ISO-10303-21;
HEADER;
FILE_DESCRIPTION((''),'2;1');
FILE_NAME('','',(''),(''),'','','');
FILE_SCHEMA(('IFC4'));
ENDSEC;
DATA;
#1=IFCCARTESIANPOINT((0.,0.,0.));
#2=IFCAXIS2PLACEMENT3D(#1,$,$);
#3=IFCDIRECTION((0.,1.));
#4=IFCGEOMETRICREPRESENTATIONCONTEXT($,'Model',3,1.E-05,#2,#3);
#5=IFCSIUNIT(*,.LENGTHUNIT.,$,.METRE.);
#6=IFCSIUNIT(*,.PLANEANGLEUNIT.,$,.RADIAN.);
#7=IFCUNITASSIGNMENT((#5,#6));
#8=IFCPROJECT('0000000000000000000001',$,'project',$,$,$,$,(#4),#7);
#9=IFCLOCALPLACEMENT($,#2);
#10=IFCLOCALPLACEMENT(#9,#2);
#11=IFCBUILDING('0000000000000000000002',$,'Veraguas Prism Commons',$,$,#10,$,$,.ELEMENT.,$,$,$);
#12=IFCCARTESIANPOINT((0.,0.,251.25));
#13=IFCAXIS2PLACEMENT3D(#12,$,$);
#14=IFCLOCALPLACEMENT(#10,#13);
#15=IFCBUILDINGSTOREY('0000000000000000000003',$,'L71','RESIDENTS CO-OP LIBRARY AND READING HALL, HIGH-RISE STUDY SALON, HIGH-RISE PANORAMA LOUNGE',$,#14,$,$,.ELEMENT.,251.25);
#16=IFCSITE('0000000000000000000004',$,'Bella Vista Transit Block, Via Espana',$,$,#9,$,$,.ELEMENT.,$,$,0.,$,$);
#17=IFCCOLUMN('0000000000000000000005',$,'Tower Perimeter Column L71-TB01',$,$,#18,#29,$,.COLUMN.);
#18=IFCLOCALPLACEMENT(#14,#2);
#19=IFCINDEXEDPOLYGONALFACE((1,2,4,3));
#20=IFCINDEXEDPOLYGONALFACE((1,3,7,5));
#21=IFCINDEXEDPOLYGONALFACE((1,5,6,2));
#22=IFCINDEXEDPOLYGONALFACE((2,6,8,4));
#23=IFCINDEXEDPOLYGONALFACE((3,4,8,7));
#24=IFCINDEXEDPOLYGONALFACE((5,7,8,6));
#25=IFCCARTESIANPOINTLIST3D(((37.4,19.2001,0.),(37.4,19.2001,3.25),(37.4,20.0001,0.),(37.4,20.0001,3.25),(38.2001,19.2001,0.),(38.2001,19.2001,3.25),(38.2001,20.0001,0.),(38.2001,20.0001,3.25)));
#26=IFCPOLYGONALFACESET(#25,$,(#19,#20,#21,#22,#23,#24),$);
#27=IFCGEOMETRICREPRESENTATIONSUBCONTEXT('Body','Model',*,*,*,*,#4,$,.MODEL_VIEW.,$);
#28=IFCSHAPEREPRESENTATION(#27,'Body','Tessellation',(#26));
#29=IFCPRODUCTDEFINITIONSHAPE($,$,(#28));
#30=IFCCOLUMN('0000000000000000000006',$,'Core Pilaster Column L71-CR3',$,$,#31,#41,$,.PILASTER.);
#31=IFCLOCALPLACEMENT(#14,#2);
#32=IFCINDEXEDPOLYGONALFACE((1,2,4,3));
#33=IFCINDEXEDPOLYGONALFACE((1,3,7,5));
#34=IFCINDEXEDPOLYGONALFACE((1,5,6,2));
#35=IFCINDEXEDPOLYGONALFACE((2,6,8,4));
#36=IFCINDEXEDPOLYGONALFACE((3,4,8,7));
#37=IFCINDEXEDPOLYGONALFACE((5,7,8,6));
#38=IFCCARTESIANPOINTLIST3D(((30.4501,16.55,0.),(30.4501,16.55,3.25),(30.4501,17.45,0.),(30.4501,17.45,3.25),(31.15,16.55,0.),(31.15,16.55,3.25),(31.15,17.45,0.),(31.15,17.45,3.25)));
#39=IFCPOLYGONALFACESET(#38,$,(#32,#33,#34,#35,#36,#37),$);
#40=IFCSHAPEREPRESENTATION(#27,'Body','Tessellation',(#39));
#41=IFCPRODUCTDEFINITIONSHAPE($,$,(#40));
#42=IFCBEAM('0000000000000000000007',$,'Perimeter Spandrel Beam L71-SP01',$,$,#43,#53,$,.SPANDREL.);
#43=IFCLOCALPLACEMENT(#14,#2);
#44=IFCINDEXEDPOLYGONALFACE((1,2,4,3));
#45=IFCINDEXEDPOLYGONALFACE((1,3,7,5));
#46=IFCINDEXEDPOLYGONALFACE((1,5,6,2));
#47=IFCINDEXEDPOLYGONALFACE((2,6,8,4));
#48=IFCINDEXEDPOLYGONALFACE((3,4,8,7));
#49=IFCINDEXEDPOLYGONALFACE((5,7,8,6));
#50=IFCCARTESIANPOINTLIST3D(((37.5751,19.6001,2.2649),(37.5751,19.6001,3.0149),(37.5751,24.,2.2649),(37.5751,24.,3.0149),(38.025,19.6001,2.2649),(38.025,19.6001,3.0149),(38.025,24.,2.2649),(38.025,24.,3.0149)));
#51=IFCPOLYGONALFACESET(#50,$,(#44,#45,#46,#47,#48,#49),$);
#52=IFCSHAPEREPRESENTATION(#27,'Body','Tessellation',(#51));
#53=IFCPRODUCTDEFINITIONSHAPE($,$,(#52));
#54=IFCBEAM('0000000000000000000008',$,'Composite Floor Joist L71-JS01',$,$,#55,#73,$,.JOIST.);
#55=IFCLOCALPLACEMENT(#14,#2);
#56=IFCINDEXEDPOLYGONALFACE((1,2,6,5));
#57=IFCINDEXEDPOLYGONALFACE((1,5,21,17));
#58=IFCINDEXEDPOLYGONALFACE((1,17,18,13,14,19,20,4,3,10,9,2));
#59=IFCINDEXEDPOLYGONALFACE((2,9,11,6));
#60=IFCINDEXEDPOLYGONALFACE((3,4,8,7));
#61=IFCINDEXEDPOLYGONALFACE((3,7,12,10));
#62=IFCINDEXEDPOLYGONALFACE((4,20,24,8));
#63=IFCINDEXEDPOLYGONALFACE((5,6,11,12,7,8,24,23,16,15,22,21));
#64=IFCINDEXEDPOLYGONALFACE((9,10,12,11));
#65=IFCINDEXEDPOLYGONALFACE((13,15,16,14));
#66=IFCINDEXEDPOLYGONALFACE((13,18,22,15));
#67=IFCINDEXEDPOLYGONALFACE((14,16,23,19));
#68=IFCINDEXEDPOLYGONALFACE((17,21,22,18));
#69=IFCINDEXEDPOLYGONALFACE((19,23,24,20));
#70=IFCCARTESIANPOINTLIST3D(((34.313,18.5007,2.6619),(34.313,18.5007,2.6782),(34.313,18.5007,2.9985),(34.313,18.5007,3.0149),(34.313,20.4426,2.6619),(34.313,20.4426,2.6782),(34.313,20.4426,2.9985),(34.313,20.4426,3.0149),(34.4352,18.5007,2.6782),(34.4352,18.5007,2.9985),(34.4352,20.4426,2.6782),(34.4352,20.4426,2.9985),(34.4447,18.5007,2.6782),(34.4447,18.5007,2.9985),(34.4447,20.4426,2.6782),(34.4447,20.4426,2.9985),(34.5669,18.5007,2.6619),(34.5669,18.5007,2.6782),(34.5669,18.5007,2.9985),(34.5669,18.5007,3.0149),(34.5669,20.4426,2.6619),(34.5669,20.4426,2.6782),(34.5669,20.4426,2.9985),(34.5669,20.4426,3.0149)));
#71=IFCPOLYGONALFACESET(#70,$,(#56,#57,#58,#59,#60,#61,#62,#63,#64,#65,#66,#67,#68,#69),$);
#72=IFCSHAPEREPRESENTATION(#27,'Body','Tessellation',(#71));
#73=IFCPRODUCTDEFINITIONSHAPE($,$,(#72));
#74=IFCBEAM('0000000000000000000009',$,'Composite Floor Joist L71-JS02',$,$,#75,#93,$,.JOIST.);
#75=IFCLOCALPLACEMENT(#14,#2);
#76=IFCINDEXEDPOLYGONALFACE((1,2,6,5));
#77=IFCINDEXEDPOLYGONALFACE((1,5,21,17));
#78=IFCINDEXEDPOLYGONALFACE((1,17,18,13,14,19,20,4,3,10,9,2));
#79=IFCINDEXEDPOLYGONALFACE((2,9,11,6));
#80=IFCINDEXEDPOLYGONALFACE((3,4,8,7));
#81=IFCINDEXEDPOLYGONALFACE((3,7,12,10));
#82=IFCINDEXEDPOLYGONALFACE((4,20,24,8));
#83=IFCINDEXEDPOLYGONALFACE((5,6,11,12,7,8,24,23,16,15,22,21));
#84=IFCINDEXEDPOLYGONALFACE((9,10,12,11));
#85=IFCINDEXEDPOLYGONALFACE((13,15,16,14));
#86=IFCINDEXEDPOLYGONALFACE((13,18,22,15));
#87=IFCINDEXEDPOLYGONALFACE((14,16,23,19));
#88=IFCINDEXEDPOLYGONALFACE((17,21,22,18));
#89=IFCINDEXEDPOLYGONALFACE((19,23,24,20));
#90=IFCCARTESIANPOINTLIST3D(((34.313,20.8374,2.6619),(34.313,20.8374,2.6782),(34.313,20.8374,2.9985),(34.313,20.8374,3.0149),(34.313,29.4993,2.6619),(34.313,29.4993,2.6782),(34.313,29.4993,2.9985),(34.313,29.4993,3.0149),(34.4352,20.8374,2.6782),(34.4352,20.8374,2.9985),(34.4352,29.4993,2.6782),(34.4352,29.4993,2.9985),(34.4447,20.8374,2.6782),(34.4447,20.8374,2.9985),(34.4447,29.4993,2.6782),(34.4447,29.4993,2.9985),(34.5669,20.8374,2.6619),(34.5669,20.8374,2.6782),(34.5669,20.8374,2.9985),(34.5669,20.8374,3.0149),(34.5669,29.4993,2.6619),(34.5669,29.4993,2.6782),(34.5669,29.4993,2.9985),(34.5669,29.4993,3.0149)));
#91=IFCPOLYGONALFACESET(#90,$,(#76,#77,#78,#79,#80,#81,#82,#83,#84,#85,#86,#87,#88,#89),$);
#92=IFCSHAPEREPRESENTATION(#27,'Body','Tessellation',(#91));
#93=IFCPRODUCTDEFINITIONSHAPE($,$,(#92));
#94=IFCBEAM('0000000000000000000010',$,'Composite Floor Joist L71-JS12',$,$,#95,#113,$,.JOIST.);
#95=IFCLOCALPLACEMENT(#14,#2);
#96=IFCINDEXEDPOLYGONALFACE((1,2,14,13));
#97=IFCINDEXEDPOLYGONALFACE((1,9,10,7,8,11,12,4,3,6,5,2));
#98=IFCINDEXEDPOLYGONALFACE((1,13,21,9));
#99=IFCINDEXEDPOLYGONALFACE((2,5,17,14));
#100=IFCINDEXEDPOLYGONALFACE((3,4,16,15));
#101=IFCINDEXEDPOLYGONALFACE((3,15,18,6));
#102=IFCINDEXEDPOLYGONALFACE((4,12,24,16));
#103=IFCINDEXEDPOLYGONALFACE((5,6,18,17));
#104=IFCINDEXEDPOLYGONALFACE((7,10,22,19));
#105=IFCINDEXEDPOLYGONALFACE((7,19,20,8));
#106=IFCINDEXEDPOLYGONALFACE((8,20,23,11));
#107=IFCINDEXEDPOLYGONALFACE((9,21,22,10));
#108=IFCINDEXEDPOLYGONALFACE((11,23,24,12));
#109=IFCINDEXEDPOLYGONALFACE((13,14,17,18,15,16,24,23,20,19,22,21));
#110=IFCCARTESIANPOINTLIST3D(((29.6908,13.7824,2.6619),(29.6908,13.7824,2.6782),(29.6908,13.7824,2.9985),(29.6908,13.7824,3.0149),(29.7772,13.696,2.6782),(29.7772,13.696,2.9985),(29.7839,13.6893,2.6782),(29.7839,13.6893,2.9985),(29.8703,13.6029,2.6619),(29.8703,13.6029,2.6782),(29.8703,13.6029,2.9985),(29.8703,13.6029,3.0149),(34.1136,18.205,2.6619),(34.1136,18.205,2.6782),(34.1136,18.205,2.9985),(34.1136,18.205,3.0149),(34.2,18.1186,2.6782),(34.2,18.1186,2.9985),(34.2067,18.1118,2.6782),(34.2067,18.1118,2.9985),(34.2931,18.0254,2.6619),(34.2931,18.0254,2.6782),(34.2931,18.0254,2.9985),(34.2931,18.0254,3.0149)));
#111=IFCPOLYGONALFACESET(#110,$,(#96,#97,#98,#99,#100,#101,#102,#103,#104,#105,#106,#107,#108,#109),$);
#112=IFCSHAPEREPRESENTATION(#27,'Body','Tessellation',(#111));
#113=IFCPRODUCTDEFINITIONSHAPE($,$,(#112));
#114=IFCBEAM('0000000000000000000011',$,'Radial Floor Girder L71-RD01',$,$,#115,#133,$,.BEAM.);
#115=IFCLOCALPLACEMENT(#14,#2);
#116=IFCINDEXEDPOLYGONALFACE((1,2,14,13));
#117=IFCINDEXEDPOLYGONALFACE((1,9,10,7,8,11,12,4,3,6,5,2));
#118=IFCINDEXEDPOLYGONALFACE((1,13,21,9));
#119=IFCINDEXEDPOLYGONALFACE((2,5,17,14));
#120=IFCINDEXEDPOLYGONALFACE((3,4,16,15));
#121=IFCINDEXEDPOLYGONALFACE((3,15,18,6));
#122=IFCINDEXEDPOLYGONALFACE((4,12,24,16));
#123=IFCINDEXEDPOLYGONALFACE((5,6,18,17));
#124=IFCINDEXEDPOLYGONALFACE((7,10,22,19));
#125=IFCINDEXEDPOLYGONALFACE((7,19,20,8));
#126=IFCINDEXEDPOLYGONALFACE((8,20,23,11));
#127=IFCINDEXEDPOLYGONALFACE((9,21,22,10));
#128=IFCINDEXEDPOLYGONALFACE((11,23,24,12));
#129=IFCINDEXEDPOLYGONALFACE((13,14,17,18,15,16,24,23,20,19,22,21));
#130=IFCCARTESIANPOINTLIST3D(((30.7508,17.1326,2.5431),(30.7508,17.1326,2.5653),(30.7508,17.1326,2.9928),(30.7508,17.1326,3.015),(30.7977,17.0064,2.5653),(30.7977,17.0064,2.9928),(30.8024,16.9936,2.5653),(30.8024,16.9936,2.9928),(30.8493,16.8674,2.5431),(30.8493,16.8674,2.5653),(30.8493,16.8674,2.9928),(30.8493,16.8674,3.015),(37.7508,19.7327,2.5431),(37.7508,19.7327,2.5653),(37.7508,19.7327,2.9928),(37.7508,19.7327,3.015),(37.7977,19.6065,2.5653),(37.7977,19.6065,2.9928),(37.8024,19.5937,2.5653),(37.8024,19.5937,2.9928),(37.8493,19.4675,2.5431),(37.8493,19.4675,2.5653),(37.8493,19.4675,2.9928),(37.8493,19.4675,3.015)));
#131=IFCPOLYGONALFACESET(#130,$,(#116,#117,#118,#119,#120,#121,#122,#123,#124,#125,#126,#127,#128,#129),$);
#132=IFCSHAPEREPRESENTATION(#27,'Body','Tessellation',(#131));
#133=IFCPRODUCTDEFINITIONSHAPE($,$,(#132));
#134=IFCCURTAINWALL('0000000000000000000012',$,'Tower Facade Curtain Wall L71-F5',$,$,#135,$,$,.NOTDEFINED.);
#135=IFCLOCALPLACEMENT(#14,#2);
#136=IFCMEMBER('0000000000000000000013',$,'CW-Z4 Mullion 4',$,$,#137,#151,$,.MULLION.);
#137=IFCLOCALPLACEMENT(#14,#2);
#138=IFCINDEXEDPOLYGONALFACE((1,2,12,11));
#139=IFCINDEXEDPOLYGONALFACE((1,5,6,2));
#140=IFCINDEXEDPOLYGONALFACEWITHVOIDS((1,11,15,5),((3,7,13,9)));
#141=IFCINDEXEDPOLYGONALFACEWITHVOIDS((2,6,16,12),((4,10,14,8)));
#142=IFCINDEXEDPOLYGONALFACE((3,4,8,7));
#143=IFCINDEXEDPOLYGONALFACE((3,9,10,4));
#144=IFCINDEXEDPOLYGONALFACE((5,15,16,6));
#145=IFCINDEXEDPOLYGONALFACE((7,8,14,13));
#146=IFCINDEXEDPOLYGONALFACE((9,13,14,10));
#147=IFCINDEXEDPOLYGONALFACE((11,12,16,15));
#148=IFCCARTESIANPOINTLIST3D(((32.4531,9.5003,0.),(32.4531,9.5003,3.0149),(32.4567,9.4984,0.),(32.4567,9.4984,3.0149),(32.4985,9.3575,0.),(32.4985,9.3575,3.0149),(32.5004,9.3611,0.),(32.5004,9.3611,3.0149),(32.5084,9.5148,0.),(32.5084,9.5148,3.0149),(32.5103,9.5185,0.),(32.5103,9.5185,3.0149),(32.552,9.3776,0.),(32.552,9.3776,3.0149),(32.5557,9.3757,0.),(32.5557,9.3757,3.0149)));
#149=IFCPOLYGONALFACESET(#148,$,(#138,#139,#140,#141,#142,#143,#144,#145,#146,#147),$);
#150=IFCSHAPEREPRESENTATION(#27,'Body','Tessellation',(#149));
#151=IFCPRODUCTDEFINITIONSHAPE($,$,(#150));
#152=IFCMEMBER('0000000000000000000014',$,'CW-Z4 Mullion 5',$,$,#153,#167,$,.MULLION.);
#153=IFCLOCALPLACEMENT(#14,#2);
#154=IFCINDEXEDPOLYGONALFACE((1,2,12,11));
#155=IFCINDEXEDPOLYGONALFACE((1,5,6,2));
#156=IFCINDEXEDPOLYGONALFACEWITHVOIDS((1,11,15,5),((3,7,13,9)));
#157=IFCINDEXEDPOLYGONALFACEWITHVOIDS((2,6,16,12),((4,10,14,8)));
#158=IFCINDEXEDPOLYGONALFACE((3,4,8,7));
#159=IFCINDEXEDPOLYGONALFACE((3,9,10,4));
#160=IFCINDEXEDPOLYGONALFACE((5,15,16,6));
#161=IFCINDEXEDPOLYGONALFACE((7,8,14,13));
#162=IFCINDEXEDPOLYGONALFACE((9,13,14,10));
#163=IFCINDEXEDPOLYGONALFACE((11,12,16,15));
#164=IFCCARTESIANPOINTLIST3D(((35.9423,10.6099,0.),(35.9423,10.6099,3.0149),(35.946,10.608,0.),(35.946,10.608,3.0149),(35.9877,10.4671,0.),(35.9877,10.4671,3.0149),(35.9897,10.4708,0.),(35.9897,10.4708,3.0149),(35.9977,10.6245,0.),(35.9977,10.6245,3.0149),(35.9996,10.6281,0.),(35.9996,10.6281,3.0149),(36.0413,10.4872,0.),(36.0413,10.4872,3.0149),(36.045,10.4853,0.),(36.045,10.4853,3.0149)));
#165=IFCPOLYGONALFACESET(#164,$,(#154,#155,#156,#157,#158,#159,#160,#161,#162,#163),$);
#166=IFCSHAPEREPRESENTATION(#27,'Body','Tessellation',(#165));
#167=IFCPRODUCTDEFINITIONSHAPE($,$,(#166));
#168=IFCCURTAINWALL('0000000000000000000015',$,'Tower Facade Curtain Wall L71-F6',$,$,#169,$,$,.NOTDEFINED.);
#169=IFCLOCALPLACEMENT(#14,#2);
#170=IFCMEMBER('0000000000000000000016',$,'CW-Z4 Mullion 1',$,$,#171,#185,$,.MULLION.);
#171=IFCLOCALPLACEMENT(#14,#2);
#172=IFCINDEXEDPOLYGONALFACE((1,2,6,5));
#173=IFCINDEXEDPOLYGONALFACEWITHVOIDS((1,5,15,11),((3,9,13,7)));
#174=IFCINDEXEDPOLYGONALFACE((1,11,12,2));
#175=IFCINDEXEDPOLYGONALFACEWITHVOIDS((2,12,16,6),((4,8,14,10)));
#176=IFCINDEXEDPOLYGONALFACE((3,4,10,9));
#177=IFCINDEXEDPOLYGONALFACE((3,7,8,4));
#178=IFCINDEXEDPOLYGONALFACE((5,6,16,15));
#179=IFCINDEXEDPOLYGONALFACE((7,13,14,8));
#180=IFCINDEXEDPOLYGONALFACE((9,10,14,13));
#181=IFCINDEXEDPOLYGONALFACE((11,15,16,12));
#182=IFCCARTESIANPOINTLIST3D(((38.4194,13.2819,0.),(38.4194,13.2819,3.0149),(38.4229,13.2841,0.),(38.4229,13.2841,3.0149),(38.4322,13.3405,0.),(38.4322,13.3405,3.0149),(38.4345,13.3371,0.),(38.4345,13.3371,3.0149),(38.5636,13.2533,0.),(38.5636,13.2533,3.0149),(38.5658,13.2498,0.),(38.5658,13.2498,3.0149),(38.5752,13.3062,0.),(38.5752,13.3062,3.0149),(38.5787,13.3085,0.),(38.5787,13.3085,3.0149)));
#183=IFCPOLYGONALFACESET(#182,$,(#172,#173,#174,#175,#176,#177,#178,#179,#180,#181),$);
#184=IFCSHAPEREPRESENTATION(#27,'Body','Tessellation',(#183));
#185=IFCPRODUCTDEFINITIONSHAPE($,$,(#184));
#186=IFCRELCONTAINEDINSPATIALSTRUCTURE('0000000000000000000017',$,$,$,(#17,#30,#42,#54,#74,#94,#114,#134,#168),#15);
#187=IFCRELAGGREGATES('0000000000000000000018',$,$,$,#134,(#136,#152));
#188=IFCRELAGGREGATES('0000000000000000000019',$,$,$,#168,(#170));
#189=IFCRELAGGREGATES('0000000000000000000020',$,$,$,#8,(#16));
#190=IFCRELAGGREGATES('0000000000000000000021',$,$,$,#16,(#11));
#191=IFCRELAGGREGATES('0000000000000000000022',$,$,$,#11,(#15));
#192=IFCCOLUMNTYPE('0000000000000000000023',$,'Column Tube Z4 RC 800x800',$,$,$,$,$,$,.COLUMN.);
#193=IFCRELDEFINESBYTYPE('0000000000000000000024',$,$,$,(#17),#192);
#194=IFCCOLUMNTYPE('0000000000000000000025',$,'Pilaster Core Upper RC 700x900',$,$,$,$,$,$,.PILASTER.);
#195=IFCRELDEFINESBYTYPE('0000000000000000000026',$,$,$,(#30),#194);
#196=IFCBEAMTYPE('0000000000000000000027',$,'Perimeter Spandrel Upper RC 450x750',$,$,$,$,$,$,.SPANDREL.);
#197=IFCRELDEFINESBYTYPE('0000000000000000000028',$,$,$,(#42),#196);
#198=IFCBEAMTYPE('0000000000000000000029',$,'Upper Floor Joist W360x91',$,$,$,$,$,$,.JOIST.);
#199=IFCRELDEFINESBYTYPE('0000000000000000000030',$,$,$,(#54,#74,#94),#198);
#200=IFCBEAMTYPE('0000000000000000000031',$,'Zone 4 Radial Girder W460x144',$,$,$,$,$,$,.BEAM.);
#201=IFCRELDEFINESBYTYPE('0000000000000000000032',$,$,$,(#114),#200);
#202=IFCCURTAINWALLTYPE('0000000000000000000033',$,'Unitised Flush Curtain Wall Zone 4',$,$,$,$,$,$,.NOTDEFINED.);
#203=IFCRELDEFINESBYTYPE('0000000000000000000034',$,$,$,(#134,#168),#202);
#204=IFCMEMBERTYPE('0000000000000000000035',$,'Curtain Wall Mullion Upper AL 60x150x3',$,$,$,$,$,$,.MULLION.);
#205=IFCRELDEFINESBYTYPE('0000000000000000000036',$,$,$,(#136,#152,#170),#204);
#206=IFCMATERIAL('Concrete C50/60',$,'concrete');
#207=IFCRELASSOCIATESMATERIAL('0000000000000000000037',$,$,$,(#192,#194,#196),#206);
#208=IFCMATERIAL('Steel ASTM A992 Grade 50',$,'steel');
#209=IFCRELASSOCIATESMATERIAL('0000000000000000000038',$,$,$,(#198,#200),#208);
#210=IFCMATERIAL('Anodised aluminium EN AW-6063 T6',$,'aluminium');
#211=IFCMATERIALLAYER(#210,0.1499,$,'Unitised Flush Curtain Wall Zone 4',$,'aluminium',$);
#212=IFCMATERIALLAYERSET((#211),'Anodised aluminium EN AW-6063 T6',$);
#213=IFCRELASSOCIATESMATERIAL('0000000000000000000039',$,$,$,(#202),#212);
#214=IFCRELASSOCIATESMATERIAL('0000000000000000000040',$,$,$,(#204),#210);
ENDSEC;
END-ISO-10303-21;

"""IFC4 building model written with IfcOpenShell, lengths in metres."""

from ifc_helpers import new_model, si_unit, direction, frame, origin, origin_2d, place, context, subcontext, project, spatial, rectangle, hollow_rectangle, i_section, extrude, source, transform, mapped, material, layer, layer_set, material_profile, profile_set, type_object, element, aggregate, save


model = new_model("IFC4")

# Units and contexts
model_context = context("Model", 3, precision=1e-05, world=origin(), true_north=direction((0.0, 1.0)))
body_context = subcontext(model_context, "Body", "Model", "MODEL_VIEW")
ifc_project = project(units=[si_unit("LENGTHUNIT", "METRE"), si_unit("PLANEANGLEUNIT", "RADIAN")], contexts=[model_context])

# Site, building, storey
site_placement = place(None, origin())
site = spatial("IfcSite", under=ifc_project, at=site_placement, Name="Bella Vista Transit Block, Via Espana", CompositionType="ELEMENT", RefElevation=0.0)
building_placement = place(site_placement, origin())
building = spatial("IfcBuilding", under=site, at=building_placement, Name="Veraguas Prism Commons", CompositionType="ELEMENT")
storey_placement = place(building_placement, frame((0.0, 0.0, 251.25)))
storey = spatial("IfcBuildingStorey", under=building, at=storey_placement, Name="L71", Description="RESIDENTS CO-OP LIBRARY AND READING HALL, HIGH-RISE STUDY SALON, HIGH-RISE PANORAMA LOUNGE", CompositionType="ELEMENT", Elevation=251.25)

# Columns
ifc_material_1 = material(Name="Concrete C50/60", Category="concrete")
ifc_material_profile_1 = material_profile(ifc_material_1, rectangle(XDim=0.8, YDim=0.8, at=origin_2d()), Name="RC800X800")
ifc_profile_set_1 = profile_set([ifc_material_profile_1], Name="Concrete C50/60")
column_type_1 = type_object("IfcColumnType", Name="Column Tube Z4 RC 800x800", PredefinedType="COLUMN", material=ifc_profile_set_1)
column_1_placement = place(storey_placement, frame((37.8, 19.6001, 0.0), z_axis=(0.0, 0.0, 1.0), x_axis=(1.0, 0.0, 0.0)))
element("IfcColumn", 1, at=column_1_placement, inside=storey, type_object=column_type_1, Name="Tower Perimeter Column L71-TB01", PredefinedType="COLUMN", context=body_context, shape_type="SweptSolid", body=[
    extrude(rectangle(XDim=0.8, YDim=0.8, at=origin_2d()), origin(), (0.0, 0.0, 1.0), 3.25),
])
ifc_material_profile_2 = material_profile(ifc_material_1, rectangle(XDim=0.7, YDim=0.8999, at=origin_2d()), Name="RC700X900")
ifc_profile_set_2 = profile_set([ifc_material_profile_2], Name="Concrete C50/60")
column_type_2 = type_object("IfcColumnType", Name="Pilaster Core Upper RC 700x900", PredefinedType="PILASTER", material=ifc_profile_set_2)
column_2_placement = place(storey_placement, frame((30.8, 17.0, 0.0), z_axis=(0.0, 0.0, 1.0), x_axis=(1.0, 0.0, 0.0)))
element("IfcColumn", 2, at=column_2_placement, inside=storey, type_object=column_type_2, Name="Core Pilaster Column L71-CR3", PredefinedType="PILASTER", context=body_context, shape_type="SweptSolid", body=[
    extrude(rectangle(XDim=0.7, YDim=0.8999, at=origin_2d()), origin(), (0.0, 0.0, 1.0), 3.25),
])

# Beams
ifc_material_profile_3 = material_profile(ifc_material_1, rectangle(XDim=0.45, YDim=0.75, at=origin_2d()), Name="RC450X750")
ifc_profile_set_3 = profile_set([ifc_material_profile_3], Name="Concrete C50/60")
beam_type_1 = type_object("IfcBeamType", Name="Perimeter Spandrel Upper RC 450x750", PredefinedType="SPANDREL", material=ifc_profile_set_3)
beam_1_placement = place(storey_placement, frame((37.8, 19.6001, 2.6399), z_axis=(0.0, 1.0, 0.0), x_axis=(-1.0, 0.0, 0.0)))
element("IfcBeam", 3, at=beam_1_placement, inside=storey, type_object=beam_type_1, Name="Perimeter Spandrel Beam L71-SP01", PredefinedType="SPANDREL", context=body_context, shape_type="SweptSolid", body=[
    extrude(rectangle(XDim=0.45, YDim=0.75, at=origin_2d()), origin(), (0.0, 0.0, 1.0), 4.3999),
])
ifc_material_2 = material(Name="Steel ASTM A992 Grade 50", Category="steel")
ifc_material_profile_4 = material_profile(ifc_material_2, i_section(OverallWidth=0.2539, OverallDepth=0.353, WebThickness=0.0095, FlangeThickness=0.0164, at=origin_2d()), Name="W360X91")
ifc_profile_set_4 = profile_set([ifc_material_profile_4], Name="Steel ASTM A992 Grade 50")
beam_type_2 = type_object("IfcBeamType", Name="Upper Floor Joist W360x91", PredefinedType="JOIST", material=ifc_profile_set_4)
beam_2_placement = place(storey_placement, frame((34.4399, 18.5007, 2.8384), z_axis=(0.0, 1.0, 0.0), x_axis=(-1.0, 0.0, 0.0)))
element("IfcBeam", 4, at=beam_2_placement, inside=storey, type_object=beam_type_2, Name="Composite Floor Joist L71-JS01", PredefinedType="JOIST", context=body_context, shape_type="SweptSolid", body=[
    extrude(i_section(OverallWidth=0.2539, OverallDepth=0.353, WebThickness=0.0095, FlangeThickness=0.0164, at=origin_2d()), origin(), (0.0, 0.0, 1.0), 1.9419),
])
beam_3_placement = place(storey_placement, frame((34.4399, 20.8374, 2.8384), z_axis=(0.0, 1.0, 0.0), x_axis=(-1.0, 0.0, 0.0)))
element("IfcBeam", 5, at=beam_3_placement, inside=storey, type_object=beam_type_2, Name="Composite Floor Joist L71-JS02", PredefinedType="JOIST", context=body_context, shape_type="SweptSolid", body=[
    extrude(i_section(OverallWidth=0.2539, OverallDepth=0.353, WebThickness=0.0095, FlangeThickness=0.0164, at=origin_2d()), origin(), (0.0, 0.0, 1.0), 8.6619),
])
beam_4_placement = place(storey_placement, frame((29.7805, 13.6926, 2.8384), z_axis=(0.707126, 0.707087, 0.0), x_axis=(-0.707087, 0.707126, 0.0)))
element("IfcBeam", 6, at=beam_4_placement, inside=storey, type_object=beam_type_2, Name="Composite Floor Joist L71-JS12", PredefinedType="JOIST", context=body_context, shape_type="SweptSolid", body=[
    extrude(i_section(OverallWidth=0.2539, OverallDepth=0.353, WebThickness=0.0095, FlangeThickness=0.0164, at=origin_2d()), origin(), (0.0, 0.0, 1.0), 6.2546),
])
ifc_material_profile_5 = material_profile(ifc_material_2, i_section(OverallWidth=0.283, OverallDepth=0.4719, WebThickness=0.0137, FlangeThickness=0.0222, at=origin_2d()), Name="W460X144")
ifc_profile_set_5 = profile_set([ifc_material_profile_5], Name="Steel ASTM A992 Grade 50")
beam_type_3 = type_object("IfcBeamType", Name="Zone 4 Radial Girder W460x144", PredefinedType="BEAM", material=ifc_profile_set_5)
beam_5_placement = place(storey_placement, frame((37.8, 19.6001, 2.7791), z_axis=(-0.937421, -0.348198, 0.0), x_axis=(0.348198, -0.937421, 0.0)))
element("IfcBeam", 7, at=beam_5_placement, inside=storey, type_object=beam_type_3, Name="Radial Floor Girder L71-RD01", PredefinedType="BEAM", context=body_context, shape_type="SweptSolid", body=[
    extrude(i_section(OverallWidth=0.283, OverallDepth=0.4719, WebThickness=0.0137, FlangeThickness=0.0222, at=origin_2d()), origin(), (0.0, 0.0, 1.0), 7.4673),
])

# Curtain walls, members
ifc_material_3 = material(Name="Anodised aluminium EN AW-6063 T6", Category="aluminium")
ifc_layer_1 = layer(ifc_material_3, 0.1499, Name="Unitised Flush Curtain Wall Zone 4", Category="aluminium")
ifc_layer_set_1 = layer_set([ifc_layer_1], Name="Anodised aluminium EN AW-6063 T6")
curtain_wall_type = type_object("IfcCurtainWallType", Name="Unitised Flush Curtain Wall Zone 4", PredefinedType="NOTDEFINED", material=ifc_layer_set_1)
curtain_wall_1_placement = place(storey_placement, origin())
curtain_wall_1 = element("IfcCurtainWall", 8, at=curtain_wall_1_placement, inside=storey, type_object=curtain_wall_type, Name="Tower Facade Curtain Wall L71-F5", PredefinedType="NOTDEFINED")
ifc_material_profile_6 = material_profile(ifc_material_3, hollow_rectangle(XDim=0.0601, YDim=0.1499, WallThickness=0.0029, at=origin_2d()), Name="AL60X150X3")
ifc_profile_set_6 = profile_set([ifc_material_profile_6], Name="Anodised aluminium EN AW-6063 T6")
member_type_1 = type_object("IfcMemberType", Name="Curtain Wall Mullion Upper AL 60x150x3", PredefinedType="MULLION", material=ifc_profile_set_6)
shared_shape_1 = source(origin(), body_context, "Body", "SweptSolid", [
    extrude(hollow_rectangle(XDim=0.0601, YDim=0.1499, WallThickness=0.0029, at=origin_2d()), origin(), (0.0, 0.0, 1.0), 3.0149),
])
member_1_placement = place(storey_placement, frame((32.5044, 9.438, 0.0), z_axis=(0.0, 0.0, 1.0), x_axis=(0.95298, 0.303034, 0.0)))
member_1 = element("IfcMember", 9, at=member_1_placement, type_object=member_type_1, Name="CW-Z4 Mullion 4", PredefinedType="MULLION", context=body_context, shape_type="MappedRepresentation", body=[
    mapped(shared_shape_1, transform((0.0, 0.0, 0.0), scale=1.0)),
])
member_2_placement = place(storey_placement, frame((35.9937, 10.5476, 0.0), z_axis=(0.0, 0.0, 1.0), x_axis=(0.95298, 0.303034, 0.0)))
member_2 = element("IfcMember", 10, at=member_2_placement, type_object=member_type_1, Name="CW-Z4 Mullion 5", PredefinedType="MULLION", context=body_context, shape_type="MappedRepresentation", body=[
    mapped(shared_shape_1, transform((0.0, 0.0, 0.0), scale=1.0)),
])
curtain_wall_2_placement = place(storey_placement, origin())
curtain_wall_2 = element("IfcCurtainWall", 11, at=curtain_wall_2_placement, inside=storey, type_object=curtain_wall_type, Name="Tower Facade Curtain Wall L71-F6", PredefinedType="NOTDEFINED")
member_3_placement = place(storey_placement, frame((38.499, 13.2952, 0.0), z_axis=(0.0, 0.0, 1.0), x_axis=(0.214053, 0.976822, 0.0)))
member_3 = element("IfcMember", 12, at=member_3_placement, type_object=member_type_1, Name="CW-Z4 Mullion 1", PredefinedType="MULLION", context=body_context, shape_type="MappedRepresentation", body=[
    mapped(shared_shape_1, transform((0.0, 0.0, 0.0), scale=1.0)),
])

aggregate(curtain_wall_1, [member_1, member_2])
aggregate(curtain_wall_2, [member_3])

save(model, "model.ifc")
